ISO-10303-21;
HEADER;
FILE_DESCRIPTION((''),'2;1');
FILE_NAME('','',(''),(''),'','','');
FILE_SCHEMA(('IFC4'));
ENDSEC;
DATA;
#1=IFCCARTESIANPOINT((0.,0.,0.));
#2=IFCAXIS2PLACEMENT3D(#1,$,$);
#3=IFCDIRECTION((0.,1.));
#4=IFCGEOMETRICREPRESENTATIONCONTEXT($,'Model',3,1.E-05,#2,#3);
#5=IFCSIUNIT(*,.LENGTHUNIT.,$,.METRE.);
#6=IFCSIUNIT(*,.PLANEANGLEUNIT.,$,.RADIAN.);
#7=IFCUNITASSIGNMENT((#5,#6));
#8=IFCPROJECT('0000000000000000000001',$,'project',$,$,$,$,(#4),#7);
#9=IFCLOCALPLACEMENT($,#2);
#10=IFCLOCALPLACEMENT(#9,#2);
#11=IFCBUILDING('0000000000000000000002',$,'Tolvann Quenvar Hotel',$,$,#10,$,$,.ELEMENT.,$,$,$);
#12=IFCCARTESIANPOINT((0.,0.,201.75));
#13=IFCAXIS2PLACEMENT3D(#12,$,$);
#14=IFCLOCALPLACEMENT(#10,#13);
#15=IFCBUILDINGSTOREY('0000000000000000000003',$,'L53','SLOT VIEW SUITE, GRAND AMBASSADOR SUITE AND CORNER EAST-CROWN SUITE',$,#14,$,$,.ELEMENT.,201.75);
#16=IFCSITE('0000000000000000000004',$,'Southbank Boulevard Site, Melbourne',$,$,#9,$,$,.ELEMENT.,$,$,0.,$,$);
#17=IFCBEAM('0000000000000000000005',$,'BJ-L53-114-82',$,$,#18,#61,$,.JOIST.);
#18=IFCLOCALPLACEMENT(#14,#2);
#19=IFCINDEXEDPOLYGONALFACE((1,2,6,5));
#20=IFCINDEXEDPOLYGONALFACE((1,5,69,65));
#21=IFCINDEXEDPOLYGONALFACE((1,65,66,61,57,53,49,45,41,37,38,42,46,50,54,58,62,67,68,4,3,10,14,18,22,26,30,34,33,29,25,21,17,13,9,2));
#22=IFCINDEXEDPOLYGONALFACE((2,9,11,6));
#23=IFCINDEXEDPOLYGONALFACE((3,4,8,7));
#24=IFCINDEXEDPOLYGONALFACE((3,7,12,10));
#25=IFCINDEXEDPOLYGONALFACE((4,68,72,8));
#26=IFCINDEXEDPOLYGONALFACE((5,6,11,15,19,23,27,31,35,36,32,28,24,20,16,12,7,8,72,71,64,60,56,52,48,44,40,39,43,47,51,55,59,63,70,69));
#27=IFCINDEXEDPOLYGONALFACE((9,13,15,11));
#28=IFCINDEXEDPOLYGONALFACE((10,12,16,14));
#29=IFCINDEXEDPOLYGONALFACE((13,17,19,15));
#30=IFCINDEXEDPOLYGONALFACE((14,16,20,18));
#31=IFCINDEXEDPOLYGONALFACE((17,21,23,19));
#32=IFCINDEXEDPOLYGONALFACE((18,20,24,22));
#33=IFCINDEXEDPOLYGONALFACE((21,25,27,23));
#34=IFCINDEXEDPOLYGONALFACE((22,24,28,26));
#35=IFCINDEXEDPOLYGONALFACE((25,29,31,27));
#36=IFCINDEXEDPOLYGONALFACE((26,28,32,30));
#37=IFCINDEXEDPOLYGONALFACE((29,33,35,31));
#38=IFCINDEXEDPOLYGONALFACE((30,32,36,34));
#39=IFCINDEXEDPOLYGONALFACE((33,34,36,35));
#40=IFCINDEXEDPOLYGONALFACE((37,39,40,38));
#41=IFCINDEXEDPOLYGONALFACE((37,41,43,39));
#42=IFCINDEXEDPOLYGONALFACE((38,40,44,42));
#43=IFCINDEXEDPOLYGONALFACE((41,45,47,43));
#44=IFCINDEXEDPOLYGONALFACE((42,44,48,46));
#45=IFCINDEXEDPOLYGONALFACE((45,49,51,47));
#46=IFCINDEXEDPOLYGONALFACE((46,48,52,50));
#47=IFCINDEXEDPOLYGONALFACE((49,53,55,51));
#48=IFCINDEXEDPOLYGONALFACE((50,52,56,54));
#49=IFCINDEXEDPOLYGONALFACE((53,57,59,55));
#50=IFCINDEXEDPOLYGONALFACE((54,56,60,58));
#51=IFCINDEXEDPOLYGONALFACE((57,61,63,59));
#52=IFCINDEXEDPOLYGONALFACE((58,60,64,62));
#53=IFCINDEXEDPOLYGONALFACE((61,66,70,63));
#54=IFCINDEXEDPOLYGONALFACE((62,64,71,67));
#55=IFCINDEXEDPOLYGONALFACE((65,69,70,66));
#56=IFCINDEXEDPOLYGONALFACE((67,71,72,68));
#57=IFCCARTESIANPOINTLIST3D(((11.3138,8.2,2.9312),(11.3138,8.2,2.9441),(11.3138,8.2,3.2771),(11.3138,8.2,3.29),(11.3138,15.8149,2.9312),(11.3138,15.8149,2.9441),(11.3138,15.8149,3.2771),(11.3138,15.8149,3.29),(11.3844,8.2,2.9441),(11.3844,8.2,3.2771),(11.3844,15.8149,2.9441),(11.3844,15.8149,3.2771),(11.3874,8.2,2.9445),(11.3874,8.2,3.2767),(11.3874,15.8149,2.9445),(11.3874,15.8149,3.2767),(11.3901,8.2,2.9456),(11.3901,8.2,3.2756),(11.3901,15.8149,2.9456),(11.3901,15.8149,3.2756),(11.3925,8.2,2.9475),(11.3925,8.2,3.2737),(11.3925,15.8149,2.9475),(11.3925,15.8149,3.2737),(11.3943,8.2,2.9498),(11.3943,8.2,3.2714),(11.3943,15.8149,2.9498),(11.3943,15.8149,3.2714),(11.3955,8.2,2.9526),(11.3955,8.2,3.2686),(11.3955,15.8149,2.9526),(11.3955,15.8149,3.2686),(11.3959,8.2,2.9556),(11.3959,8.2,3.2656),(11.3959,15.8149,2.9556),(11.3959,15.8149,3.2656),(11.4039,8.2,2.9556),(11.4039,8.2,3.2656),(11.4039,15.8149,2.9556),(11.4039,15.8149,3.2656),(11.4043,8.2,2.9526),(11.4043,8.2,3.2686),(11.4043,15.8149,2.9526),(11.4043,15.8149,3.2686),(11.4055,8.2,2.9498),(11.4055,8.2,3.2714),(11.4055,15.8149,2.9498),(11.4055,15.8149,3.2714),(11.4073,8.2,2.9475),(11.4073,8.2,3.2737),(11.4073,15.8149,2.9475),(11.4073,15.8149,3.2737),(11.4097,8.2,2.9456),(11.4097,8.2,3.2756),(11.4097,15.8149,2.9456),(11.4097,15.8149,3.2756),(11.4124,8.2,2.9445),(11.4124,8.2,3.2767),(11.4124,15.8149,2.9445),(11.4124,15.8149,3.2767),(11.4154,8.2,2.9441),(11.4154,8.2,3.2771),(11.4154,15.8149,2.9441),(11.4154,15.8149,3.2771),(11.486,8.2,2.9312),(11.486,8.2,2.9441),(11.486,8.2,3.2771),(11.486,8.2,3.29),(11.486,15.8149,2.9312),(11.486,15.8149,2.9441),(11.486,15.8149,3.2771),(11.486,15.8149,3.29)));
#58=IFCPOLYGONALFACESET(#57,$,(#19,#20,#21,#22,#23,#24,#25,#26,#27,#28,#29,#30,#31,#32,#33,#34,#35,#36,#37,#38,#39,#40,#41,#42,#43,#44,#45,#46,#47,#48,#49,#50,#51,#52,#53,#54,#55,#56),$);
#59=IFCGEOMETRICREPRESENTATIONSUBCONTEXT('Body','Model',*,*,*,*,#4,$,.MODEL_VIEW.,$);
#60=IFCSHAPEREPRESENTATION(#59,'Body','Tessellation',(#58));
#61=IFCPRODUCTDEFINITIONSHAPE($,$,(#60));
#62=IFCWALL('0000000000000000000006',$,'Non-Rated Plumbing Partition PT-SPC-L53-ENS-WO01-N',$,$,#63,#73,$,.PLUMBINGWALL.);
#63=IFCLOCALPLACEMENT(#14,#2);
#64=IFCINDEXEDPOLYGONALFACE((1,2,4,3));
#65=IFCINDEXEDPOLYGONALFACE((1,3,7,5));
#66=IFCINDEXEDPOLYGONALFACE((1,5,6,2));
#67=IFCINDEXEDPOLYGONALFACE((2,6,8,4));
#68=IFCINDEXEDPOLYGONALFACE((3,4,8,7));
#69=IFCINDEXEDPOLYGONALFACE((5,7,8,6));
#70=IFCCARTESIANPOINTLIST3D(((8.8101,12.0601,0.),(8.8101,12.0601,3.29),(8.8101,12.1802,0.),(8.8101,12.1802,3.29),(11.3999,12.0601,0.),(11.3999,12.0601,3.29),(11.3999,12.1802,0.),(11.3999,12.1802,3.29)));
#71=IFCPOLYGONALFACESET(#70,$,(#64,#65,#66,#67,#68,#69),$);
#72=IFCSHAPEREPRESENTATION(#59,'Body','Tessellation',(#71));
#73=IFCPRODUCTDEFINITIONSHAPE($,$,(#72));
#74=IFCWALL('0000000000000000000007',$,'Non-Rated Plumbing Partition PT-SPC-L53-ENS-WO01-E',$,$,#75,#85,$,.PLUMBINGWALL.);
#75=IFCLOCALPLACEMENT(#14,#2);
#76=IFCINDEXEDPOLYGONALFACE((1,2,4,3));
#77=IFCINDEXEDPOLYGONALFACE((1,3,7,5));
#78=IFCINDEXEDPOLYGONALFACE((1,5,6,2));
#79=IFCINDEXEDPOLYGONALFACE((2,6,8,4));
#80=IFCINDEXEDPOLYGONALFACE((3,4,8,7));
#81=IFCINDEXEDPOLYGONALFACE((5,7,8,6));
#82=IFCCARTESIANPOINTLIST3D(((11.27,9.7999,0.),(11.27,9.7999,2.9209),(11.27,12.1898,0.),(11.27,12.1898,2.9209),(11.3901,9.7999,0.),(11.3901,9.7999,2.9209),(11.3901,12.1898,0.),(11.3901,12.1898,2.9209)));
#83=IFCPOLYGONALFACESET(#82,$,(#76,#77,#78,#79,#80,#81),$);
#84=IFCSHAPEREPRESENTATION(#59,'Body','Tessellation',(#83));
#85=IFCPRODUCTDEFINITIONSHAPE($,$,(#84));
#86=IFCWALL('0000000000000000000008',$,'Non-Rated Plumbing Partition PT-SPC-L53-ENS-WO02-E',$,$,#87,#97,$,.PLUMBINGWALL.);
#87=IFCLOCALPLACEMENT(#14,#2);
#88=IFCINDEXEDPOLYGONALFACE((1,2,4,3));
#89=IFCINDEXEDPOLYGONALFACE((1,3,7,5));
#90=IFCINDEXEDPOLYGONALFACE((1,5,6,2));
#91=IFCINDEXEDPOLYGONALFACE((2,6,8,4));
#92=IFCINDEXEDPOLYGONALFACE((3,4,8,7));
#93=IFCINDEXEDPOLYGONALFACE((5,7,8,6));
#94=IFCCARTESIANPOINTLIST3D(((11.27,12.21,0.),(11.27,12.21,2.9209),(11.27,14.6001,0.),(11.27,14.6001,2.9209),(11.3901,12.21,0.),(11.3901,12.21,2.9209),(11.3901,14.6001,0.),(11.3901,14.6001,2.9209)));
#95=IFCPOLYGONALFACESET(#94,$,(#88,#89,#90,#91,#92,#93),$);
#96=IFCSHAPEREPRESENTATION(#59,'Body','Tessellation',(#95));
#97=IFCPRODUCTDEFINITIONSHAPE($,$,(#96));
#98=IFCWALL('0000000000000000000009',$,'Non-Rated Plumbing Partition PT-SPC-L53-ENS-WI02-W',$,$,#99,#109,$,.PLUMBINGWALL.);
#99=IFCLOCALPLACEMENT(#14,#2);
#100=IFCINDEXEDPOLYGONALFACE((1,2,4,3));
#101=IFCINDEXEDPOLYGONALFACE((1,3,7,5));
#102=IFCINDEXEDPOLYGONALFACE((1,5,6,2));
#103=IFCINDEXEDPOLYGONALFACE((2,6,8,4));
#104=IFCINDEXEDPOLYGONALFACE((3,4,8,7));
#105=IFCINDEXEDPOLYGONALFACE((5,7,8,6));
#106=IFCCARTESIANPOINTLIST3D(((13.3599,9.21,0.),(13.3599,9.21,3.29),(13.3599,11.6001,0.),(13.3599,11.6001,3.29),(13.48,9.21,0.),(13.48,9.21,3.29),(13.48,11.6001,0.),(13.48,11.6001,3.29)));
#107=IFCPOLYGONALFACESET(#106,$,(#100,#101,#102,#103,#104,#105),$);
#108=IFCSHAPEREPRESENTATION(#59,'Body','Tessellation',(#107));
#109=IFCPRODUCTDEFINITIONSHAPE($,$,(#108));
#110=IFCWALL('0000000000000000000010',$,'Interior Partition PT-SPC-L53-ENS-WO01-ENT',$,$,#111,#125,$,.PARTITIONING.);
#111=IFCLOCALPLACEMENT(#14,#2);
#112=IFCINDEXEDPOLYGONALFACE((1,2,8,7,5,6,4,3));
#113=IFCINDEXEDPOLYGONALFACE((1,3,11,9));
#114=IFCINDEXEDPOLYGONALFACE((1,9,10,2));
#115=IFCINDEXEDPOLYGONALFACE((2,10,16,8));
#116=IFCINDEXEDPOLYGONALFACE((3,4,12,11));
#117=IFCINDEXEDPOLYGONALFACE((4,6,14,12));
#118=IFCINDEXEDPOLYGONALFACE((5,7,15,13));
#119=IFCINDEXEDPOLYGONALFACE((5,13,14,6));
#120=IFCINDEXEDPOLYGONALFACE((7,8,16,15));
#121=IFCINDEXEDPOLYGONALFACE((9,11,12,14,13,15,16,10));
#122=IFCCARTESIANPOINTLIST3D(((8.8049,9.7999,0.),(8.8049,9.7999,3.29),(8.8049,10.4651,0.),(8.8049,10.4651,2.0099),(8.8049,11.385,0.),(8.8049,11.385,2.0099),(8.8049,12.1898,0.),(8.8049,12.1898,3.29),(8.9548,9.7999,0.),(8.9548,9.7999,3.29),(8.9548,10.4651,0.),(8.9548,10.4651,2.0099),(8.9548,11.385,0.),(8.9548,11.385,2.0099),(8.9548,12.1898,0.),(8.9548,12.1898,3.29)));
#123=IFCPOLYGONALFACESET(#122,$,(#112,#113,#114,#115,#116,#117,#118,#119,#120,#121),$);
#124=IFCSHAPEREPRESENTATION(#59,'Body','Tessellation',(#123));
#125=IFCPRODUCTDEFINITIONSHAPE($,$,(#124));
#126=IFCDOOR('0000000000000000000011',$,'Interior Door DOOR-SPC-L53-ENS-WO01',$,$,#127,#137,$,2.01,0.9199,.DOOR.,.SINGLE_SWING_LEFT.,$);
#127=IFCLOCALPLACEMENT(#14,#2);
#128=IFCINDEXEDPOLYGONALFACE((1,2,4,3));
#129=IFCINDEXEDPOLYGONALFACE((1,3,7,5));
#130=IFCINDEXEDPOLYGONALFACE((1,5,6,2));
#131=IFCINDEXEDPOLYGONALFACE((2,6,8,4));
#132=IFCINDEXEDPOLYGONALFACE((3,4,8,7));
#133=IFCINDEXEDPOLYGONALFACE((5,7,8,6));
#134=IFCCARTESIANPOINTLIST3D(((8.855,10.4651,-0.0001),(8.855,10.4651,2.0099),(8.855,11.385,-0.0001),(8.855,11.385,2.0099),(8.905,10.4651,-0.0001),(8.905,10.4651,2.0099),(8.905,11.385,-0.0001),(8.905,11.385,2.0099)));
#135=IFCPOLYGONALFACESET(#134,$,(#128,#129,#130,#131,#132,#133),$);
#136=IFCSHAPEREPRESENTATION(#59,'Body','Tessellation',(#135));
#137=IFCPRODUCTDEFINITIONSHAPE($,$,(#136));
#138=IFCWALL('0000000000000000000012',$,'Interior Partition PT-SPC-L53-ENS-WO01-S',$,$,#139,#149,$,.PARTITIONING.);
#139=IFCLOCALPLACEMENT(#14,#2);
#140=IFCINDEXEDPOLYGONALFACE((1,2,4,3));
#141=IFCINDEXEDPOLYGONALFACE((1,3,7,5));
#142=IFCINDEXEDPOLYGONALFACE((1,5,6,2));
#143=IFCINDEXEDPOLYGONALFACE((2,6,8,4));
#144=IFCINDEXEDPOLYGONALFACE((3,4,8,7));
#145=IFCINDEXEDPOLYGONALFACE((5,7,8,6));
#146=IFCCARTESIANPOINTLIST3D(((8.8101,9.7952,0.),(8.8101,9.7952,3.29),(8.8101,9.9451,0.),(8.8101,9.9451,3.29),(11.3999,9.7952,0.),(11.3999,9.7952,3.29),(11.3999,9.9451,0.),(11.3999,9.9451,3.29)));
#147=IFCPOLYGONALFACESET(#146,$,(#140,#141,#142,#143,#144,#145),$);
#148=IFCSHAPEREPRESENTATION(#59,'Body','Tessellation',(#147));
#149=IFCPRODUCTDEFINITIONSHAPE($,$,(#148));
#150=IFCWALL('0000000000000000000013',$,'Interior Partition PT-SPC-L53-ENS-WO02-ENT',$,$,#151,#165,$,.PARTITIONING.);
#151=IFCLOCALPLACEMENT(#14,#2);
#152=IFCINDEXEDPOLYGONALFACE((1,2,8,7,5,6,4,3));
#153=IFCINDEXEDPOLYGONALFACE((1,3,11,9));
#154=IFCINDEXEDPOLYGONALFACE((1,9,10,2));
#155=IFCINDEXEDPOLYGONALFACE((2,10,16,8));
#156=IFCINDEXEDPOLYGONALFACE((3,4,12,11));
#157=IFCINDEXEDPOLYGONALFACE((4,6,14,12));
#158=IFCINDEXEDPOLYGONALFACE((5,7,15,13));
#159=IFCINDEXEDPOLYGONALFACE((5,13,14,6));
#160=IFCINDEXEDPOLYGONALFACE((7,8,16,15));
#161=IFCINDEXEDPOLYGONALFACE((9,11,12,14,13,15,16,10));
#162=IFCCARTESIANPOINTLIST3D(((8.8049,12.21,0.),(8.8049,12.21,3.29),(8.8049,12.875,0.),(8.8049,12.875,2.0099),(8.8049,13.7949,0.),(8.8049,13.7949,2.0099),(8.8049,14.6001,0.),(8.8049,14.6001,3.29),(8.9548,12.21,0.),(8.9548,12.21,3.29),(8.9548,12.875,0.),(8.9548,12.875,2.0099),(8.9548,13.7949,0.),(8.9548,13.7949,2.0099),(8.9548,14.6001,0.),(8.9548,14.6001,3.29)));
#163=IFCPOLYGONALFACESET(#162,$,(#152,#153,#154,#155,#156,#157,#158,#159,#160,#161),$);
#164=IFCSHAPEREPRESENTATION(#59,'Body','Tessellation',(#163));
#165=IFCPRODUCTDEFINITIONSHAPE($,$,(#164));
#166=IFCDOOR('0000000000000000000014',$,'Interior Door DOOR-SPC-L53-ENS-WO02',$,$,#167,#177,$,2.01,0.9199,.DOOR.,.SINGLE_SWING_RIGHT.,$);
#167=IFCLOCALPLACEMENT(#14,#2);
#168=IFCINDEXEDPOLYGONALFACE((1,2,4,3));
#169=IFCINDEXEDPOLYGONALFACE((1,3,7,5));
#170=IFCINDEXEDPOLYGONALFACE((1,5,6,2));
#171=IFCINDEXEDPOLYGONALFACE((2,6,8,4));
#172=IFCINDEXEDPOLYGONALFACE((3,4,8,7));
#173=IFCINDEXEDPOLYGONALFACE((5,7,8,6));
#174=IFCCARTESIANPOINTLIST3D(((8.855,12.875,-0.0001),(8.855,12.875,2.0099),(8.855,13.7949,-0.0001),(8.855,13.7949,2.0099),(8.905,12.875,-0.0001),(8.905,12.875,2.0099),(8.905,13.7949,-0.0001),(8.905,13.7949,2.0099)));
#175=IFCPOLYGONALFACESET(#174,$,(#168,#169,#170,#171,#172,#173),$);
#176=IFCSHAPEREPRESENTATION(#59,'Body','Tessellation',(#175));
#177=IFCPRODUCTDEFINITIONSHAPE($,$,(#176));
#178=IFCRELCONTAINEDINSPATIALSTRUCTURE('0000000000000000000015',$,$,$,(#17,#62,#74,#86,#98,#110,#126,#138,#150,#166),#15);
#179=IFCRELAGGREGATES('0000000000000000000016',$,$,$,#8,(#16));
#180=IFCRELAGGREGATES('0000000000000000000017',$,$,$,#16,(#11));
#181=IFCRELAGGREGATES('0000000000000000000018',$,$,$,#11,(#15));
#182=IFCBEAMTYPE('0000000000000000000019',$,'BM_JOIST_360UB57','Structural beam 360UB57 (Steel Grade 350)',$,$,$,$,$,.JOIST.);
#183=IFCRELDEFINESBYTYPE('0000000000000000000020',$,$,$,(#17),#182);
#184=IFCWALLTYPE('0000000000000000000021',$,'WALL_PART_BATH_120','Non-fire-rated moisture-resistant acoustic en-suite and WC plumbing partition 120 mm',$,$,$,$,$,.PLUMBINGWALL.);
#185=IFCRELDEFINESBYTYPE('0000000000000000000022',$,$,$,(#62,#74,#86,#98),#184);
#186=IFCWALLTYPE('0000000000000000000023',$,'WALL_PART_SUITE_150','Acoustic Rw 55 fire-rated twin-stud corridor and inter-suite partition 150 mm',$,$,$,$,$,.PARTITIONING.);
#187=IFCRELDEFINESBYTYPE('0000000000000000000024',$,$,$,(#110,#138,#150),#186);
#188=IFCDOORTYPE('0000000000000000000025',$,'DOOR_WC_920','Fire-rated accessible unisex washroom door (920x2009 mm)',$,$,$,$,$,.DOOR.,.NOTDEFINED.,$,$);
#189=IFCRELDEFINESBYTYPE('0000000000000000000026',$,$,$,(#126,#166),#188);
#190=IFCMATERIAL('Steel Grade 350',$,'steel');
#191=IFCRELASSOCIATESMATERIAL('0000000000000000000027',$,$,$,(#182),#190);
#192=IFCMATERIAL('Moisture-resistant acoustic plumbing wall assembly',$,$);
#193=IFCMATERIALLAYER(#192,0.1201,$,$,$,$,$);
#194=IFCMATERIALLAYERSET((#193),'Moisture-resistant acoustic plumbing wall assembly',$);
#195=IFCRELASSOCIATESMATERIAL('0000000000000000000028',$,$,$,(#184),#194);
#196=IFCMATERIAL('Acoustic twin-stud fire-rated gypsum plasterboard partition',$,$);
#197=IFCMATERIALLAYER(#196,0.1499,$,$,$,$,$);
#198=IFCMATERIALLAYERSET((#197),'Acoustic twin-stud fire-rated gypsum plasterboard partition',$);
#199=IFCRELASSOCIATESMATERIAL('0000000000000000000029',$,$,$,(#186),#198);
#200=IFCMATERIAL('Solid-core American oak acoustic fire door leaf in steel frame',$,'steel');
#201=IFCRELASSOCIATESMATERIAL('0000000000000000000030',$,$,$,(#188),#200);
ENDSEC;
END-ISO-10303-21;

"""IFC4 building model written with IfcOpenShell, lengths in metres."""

from ifc_helpers import new_model, si_unit, direction, frame, frame_2d, origin, origin_2d, place, context, subcontext, project, spatial, rectangle, i_section, extrude, source, transform, mapped, material, layer, layer_set, material_profile, profile_set, type_object, type_shapes, element, fill, save


model = new_model("IFC4")

# Units and contexts
model_context = context("Model", 3, precision=1e-05, world=origin(), true_north=direction((0.0, 1.0)))
body_context = subcontext(model_context, "Body", "Model", "MODEL_VIEW")
ifc_project = project(units=[si_unit("LENGTHUNIT", "METRE"), si_unit("PLANEANGLEUNIT", "RADIAN")], contexts=[model_context])

# Site, building, storey
site_placement = place(None, origin())
site = spatial("IfcSite", under=ifc_project, at=site_placement, Name="Southbank Boulevard Site, Melbourne", CompositionType="ELEMENT", RefElevation=0.0)
building_placement = place(site_placement, origin())
building = spatial("IfcBuilding", under=site, at=building_placement, Name="Tolvann Quenvar Hotel", CompositionType="ELEMENT")
storey_placement = place(building_placement, frame((0.0, 0.0, 201.75)))
storey = spatial("IfcBuildingStorey", under=building, at=storey_placement, Name="L53", Description="SLOT VIEW SUITE, GRAND AMBASSADOR SUITE AND CORNER EAST-CROWN SUITE", CompositionType="ELEMENT", Elevation=201.75)

# Shared definitions
ifc_material_1 = material(Name="Steel Grade 350", Category="steel")

# Beam
ifc_material_profile_1 = material_profile(ifc_material_1, i_section(OverallWidth=0.1721, OverallDepth=0.3589, WebThickness=0.0081, FlangeThickness=0.0129, FilletRadius=0.0115, at=origin_2d()), Name="360UB57")
ifc_profile_set_1 = profile_set([ifc_material_profile_1], Name="Steel Grade 350")
beam_type_1 = type_object("IfcBeamType", Name="BM_JOIST_360UB57", Description="Structural beam 360UB57 (Steel Grade 350)", PredefinedType="JOIST", material=ifc_profile_set_1)
shared_shape_1 = source(origin(), body_context, "Body", "SweptSolid", [
    extrude(i_section(OverallWidth=0.1721, OverallDepth=0.3589, WebThickness=0.0081, FlangeThickness=0.0129, FilletRadius=0.0115, at=origin_2d()), origin(), (0.0, 0.0, 1.0), 7.615),
])
type_shapes(beam_type_1, [shared_shape_1])
beam_1_placement = place(storey_placement, frame((11.3999, 8.2, 3.1106), z_axis=(0.0, 1.0, 0.0), x_axis=(-1.0, 0.0, 0.0)))
element("IfcBeam", 1, at=beam_1_placement, inside=storey, type_object=beam_type_1, Name="BJ-L53-114-82", PredefinedType="JOIST", context=body_context, shape_type="MappedRepresentation", body=[
    mapped(shared_shape_1, transform((0.0, 0.0, 0.0), x_axis=(1.0, 0.0, 0.0), y_axis=(0.0, 1.0, 0.0), z_axis=(0.0, 0.0, 1.0), scale=1.0)),
])

# Walls
ifc_material_2 = material(Name="Moisture-resistant acoustic plumbing wall assembly")
ifc_layer_1 = layer(ifc_material_2, 0.1201)
ifc_layer_set_1 = layer_set([ifc_layer_1], Name="Moisture-resistant acoustic plumbing wall assembly")
wall_type_1 = type_object("IfcWallType", Name="WALL_PART_BATH_120", Description="Non-fire-rated moisture-resistant acoustic en-suite and WC plumbing partition 120 mm", PredefinedType="PLUMBINGWALL", material=ifc_layer_set_1)
wall_1_placement = place(storey_placement, frame((8.8101, 12.1201, 0.0), z_axis=(0.0, 0.0, 1.0), x_axis=(1.0, 0.0, 0.0)))
element("IfcWall", 2, at=wall_1_placement, inside=storey, type_object=wall_type_1, Name="Non-Rated Plumbing Partition PT-SPC-L53-ENS-WO01-N", PredefinedType="PLUMBINGWALL", context=body_context, shape_type="SweptSolid", body=[
    extrude(rectangle(XDim=2.5898, YDim=0.1201, at=frame_2d((1.2949, 0.0))), origin(), (0.0, 0.0, 1.0), 3.29),
])
wall_2_placement = place(storey_placement, frame((11.3301, 9.8, 0.0), z_axis=(0.0, 0.0, 1.0), x_axis=(0.0, 1.0, 0.0)))
element("IfcWall", 3, at=wall_2_placement, inside=storey, type_object=wall_type_1, Name="Non-Rated Plumbing Partition PT-SPC-L53-ENS-WO01-E", PredefinedType="PLUMBINGWALL", context=body_context, shape_type="SweptSolid", body=[
    extrude(rectangle(XDim=2.3899, YDim=0.1201, at=frame_2d((1.1948, 0.0))), origin(), (0.0, 0.0, 1.0), 2.9209),
])
wall_3_placement = place(storey_placement, frame((11.3301, 12.21, 0.0), z_axis=(0.0, 0.0, 1.0), x_axis=(0.0, 1.0, 0.0)))
element("IfcWall", 4, at=wall_3_placement, inside=storey, type_object=wall_type_1, Name="Non-Rated Plumbing Partition PT-SPC-L53-ENS-WO02-E", PredefinedType="PLUMBINGWALL", context=body_context, shape_type="SweptSolid", body=[
    extrude(rectangle(XDim=2.3901, YDim=0.1201, at=frame_2d((1.1951, 0.0))), origin(), (0.0, 0.0, 1.0), 2.9209),
])
wall_4_placement = place(storey_placement, frame((13.4199, 9.21, 0.0), z_axis=(0.0, 0.0, 1.0), x_axis=(0.0, 1.0, 0.0)))
element("IfcWall", 5, at=wall_4_placement, inside=storey, type_object=wall_type_1, Name="Non-Rated Plumbing Partition PT-SPC-L53-ENS-WI02-W", PredefinedType="PLUMBINGWALL", context=body_context, shape_type="SweptSolid", body=[
    extrude(rectangle(XDim=2.3901, YDim=0.1201, at=frame_2d((1.1951, 0.0))), origin(), (0.0, 0.0, 1.0), 3.29),
])

# Wall, opening, door
ifc_material_3 = material(Name="Acoustic twin-stud fire-rated gypsum plasterboard partition")
ifc_layer_2 = layer(ifc_material_3, 0.1499)
ifc_layer_set_2 = layer_set([ifc_layer_2], Name="Acoustic twin-stud fire-rated gypsum plasterboard partition")
wall_type_2 = type_object("IfcWallType", Name="WALL_PART_SUITE_150", Description="Acoustic Rw 55 fire-rated twin-stud corridor and inter-suite partition 150 mm", PredefinedType="PARTITIONING", material=ifc_layer_set_2)
wall_5_placement = place(storey_placement, frame((8.8799, 9.8, 0.0), z_axis=(0.0, 0.0, 1.0), x_axis=(0.0, 1.0, 0.0)))
wall_5 = element("IfcWall", 6, at=wall_5_placement, inside=storey, type_object=wall_type_2, Name="Interior Partition PT-SPC-L53-ENS-WO01-ENT", PredefinedType="PARTITIONING", context=body_context, shape_type="SweptSolid", body=[
    extrude(rectangle(XDim=2.3899, YDim=0.1499, at=frame_2d((1.1948, 0.0))), origin(), (0.0, 0.0, 1.0), 3.29),
])
opening_1_placement = place(wall_5_placement, frame((0.665, 0.0, 0.0)))
opening_1 = element("IfcOpeningElement", 7, at=opening_1_placement, cuts=wall_5, PredefinedType="OPENING", context=body_context, shape_type="SweptSolid", body=[
    extrude(rectangle(XDim=0.9199, YDim=2.01, at=frame_2d((0.46, 1.0049))), frame((0.0, 0.085, 0.0), z_axis=(0.0, -1.0, 0.0), x_axis=(1.0, 0.0, 0.0)), (0.0, 0.0, 1.0), 0.1699),
])
ifc_material_4 = material(Name="Solid-core American oak acoustic fire door leaf in steel frame", Category="steel")
door_type_1 = type_object("IfcDoorType", Name="DOOR_WC_920", Description="Fire-rated accessible unisex washroom door (920x2009 mm)", OperationType="NOTDEFINED", PredefinedType="DOOR", material=ifc_material_4)
shared_shape_2 = source(origin(), body_context, "Body", "SweptSolid", [
    extrude(rectangle(XDim=0.9199, YDim=2.01, at=frame_2d((0.46, 1.0049))), frame((0.0, 0.0249, 0.0), z_axis=(0.0, -1.0, 0.0), x_axis=(1.0, 0.0, 0.0)), (0.0, 0.0, 1.0), 0.05),
])
type_shapes(door_type_1, [shared_shape_2])
door_1_placement = place(opening_1_placement, origin())
door_1 = element("IfcDoor", 8, at=door_1_placement, inside=storey, type_object=door_type_1, Name="Interior Door DOOR-SPC-L53-ENS-WO01", OperationType="SINGLE_SWING_LEFT", OverallHeight=2.01, OverallWidth=0.9199, PredefinedType="DOOR", context=body_context, shape_type="MappedRepresentation", body=[
    mapped(shared_shape_2, transform((0.0, 0.0, 0.0), x_axis=(1.0, 0.0, 0.0), y_axis=(0.0, 1.0, 0.0), z_axis=(0.0, 0.0, 1.0), scale=1.0)),
])
fill(opening_1, door_1)

# Wall
wall_6_placement = place(storey_placement, frame((8.8101, 9.8701, 0.0), z_axis=(0.0, 0.0, 1.0), x_axis=(1.0, 0.0, 0.0)))
element("IfcWall", 9, at=wall_6_placement, inside=storey, type_object=wall_type_2, Name="Interior Partition PT-SPC-L53-ENS-WO01-S", PredefinedType="PARTITIONING", context=body_context, shape_type="SweptSolid", body=[
    extrude(rectangle(XDim=2.5898, YDim=0.1499, at=frame_2d((1.2949, 0.0))), origin(), (0.0, 0.0, 1.0), 3.29),
])

# Wall, opening, door
wall_7_placement = place(storey_placement, frame((8.8799, 12.21, 0.0), z_axis=(0.0, 0.0, 1.0), x_axis=(0.0, 1.0, 0.0)))
wall_7 = element("IfcWall", 10, at=wall_7_placement, inside=storey, type_object=wall_type_2, Name="Interior Partition PT-SPC-L53-ENS-WO02-ENT", PredefinedType="PARTITIONING", context=body_context, shape_type="SweptSolid", body=[
    extrude(rectangle(XDim=2.3901, YDim=0.1499, at=frame_2d((1.1951, 0.0))), origin(), (0.0, 0.0, 1.0), 3.29),
])
opening_2_placement = place(wall_7_placement, frame((0.665, 0.0, 0.0)))
opening_2 = element("IfcOpeningElement", 11, at=opening_2_placement, cuts=wall_7, PredefinedType="OPENING", context=body_context, shape_type="SweptSolid", body=[
    extrude(rectangle(XDim=0.9199, YDim=2.01, at=frame_2d((0.46, 1.0049))), frame((0.0, 0.085, 0.0), z_axis=(0.0, -1.0, 0.0), x_axis=(1.0, 0.0, 0.0)), (0.0, 0.0, 1.0), 0.1699),
])
door_2_placement = place(opening_2_placement, origin())
door_2 = element("IfcDoor", 12, at=door_2_placement, inside=storey, type_object=door_type_1, Name="Interior Door DOOR-SPC-L53-ENS-WO02", OperationType="SINGLE_SWING_RIGHT", OverallHeight=2.01, OverallWidth=0.9199, PredefinedType="DOOR", context=body_context, shape_type="MappedRepresentation", body=[
    mapped(shared_shape_2, transform((0.0, 0.0, 0.0), x_axis=(1.0, 0.0, 0.0), y_axis=(0.0, 1.0, 0.0), z_axis=(0.0, 0.0, 1.0), scale=1.0)),
])
fill(opening_2, door_2)

save(model, "model.ifc")
